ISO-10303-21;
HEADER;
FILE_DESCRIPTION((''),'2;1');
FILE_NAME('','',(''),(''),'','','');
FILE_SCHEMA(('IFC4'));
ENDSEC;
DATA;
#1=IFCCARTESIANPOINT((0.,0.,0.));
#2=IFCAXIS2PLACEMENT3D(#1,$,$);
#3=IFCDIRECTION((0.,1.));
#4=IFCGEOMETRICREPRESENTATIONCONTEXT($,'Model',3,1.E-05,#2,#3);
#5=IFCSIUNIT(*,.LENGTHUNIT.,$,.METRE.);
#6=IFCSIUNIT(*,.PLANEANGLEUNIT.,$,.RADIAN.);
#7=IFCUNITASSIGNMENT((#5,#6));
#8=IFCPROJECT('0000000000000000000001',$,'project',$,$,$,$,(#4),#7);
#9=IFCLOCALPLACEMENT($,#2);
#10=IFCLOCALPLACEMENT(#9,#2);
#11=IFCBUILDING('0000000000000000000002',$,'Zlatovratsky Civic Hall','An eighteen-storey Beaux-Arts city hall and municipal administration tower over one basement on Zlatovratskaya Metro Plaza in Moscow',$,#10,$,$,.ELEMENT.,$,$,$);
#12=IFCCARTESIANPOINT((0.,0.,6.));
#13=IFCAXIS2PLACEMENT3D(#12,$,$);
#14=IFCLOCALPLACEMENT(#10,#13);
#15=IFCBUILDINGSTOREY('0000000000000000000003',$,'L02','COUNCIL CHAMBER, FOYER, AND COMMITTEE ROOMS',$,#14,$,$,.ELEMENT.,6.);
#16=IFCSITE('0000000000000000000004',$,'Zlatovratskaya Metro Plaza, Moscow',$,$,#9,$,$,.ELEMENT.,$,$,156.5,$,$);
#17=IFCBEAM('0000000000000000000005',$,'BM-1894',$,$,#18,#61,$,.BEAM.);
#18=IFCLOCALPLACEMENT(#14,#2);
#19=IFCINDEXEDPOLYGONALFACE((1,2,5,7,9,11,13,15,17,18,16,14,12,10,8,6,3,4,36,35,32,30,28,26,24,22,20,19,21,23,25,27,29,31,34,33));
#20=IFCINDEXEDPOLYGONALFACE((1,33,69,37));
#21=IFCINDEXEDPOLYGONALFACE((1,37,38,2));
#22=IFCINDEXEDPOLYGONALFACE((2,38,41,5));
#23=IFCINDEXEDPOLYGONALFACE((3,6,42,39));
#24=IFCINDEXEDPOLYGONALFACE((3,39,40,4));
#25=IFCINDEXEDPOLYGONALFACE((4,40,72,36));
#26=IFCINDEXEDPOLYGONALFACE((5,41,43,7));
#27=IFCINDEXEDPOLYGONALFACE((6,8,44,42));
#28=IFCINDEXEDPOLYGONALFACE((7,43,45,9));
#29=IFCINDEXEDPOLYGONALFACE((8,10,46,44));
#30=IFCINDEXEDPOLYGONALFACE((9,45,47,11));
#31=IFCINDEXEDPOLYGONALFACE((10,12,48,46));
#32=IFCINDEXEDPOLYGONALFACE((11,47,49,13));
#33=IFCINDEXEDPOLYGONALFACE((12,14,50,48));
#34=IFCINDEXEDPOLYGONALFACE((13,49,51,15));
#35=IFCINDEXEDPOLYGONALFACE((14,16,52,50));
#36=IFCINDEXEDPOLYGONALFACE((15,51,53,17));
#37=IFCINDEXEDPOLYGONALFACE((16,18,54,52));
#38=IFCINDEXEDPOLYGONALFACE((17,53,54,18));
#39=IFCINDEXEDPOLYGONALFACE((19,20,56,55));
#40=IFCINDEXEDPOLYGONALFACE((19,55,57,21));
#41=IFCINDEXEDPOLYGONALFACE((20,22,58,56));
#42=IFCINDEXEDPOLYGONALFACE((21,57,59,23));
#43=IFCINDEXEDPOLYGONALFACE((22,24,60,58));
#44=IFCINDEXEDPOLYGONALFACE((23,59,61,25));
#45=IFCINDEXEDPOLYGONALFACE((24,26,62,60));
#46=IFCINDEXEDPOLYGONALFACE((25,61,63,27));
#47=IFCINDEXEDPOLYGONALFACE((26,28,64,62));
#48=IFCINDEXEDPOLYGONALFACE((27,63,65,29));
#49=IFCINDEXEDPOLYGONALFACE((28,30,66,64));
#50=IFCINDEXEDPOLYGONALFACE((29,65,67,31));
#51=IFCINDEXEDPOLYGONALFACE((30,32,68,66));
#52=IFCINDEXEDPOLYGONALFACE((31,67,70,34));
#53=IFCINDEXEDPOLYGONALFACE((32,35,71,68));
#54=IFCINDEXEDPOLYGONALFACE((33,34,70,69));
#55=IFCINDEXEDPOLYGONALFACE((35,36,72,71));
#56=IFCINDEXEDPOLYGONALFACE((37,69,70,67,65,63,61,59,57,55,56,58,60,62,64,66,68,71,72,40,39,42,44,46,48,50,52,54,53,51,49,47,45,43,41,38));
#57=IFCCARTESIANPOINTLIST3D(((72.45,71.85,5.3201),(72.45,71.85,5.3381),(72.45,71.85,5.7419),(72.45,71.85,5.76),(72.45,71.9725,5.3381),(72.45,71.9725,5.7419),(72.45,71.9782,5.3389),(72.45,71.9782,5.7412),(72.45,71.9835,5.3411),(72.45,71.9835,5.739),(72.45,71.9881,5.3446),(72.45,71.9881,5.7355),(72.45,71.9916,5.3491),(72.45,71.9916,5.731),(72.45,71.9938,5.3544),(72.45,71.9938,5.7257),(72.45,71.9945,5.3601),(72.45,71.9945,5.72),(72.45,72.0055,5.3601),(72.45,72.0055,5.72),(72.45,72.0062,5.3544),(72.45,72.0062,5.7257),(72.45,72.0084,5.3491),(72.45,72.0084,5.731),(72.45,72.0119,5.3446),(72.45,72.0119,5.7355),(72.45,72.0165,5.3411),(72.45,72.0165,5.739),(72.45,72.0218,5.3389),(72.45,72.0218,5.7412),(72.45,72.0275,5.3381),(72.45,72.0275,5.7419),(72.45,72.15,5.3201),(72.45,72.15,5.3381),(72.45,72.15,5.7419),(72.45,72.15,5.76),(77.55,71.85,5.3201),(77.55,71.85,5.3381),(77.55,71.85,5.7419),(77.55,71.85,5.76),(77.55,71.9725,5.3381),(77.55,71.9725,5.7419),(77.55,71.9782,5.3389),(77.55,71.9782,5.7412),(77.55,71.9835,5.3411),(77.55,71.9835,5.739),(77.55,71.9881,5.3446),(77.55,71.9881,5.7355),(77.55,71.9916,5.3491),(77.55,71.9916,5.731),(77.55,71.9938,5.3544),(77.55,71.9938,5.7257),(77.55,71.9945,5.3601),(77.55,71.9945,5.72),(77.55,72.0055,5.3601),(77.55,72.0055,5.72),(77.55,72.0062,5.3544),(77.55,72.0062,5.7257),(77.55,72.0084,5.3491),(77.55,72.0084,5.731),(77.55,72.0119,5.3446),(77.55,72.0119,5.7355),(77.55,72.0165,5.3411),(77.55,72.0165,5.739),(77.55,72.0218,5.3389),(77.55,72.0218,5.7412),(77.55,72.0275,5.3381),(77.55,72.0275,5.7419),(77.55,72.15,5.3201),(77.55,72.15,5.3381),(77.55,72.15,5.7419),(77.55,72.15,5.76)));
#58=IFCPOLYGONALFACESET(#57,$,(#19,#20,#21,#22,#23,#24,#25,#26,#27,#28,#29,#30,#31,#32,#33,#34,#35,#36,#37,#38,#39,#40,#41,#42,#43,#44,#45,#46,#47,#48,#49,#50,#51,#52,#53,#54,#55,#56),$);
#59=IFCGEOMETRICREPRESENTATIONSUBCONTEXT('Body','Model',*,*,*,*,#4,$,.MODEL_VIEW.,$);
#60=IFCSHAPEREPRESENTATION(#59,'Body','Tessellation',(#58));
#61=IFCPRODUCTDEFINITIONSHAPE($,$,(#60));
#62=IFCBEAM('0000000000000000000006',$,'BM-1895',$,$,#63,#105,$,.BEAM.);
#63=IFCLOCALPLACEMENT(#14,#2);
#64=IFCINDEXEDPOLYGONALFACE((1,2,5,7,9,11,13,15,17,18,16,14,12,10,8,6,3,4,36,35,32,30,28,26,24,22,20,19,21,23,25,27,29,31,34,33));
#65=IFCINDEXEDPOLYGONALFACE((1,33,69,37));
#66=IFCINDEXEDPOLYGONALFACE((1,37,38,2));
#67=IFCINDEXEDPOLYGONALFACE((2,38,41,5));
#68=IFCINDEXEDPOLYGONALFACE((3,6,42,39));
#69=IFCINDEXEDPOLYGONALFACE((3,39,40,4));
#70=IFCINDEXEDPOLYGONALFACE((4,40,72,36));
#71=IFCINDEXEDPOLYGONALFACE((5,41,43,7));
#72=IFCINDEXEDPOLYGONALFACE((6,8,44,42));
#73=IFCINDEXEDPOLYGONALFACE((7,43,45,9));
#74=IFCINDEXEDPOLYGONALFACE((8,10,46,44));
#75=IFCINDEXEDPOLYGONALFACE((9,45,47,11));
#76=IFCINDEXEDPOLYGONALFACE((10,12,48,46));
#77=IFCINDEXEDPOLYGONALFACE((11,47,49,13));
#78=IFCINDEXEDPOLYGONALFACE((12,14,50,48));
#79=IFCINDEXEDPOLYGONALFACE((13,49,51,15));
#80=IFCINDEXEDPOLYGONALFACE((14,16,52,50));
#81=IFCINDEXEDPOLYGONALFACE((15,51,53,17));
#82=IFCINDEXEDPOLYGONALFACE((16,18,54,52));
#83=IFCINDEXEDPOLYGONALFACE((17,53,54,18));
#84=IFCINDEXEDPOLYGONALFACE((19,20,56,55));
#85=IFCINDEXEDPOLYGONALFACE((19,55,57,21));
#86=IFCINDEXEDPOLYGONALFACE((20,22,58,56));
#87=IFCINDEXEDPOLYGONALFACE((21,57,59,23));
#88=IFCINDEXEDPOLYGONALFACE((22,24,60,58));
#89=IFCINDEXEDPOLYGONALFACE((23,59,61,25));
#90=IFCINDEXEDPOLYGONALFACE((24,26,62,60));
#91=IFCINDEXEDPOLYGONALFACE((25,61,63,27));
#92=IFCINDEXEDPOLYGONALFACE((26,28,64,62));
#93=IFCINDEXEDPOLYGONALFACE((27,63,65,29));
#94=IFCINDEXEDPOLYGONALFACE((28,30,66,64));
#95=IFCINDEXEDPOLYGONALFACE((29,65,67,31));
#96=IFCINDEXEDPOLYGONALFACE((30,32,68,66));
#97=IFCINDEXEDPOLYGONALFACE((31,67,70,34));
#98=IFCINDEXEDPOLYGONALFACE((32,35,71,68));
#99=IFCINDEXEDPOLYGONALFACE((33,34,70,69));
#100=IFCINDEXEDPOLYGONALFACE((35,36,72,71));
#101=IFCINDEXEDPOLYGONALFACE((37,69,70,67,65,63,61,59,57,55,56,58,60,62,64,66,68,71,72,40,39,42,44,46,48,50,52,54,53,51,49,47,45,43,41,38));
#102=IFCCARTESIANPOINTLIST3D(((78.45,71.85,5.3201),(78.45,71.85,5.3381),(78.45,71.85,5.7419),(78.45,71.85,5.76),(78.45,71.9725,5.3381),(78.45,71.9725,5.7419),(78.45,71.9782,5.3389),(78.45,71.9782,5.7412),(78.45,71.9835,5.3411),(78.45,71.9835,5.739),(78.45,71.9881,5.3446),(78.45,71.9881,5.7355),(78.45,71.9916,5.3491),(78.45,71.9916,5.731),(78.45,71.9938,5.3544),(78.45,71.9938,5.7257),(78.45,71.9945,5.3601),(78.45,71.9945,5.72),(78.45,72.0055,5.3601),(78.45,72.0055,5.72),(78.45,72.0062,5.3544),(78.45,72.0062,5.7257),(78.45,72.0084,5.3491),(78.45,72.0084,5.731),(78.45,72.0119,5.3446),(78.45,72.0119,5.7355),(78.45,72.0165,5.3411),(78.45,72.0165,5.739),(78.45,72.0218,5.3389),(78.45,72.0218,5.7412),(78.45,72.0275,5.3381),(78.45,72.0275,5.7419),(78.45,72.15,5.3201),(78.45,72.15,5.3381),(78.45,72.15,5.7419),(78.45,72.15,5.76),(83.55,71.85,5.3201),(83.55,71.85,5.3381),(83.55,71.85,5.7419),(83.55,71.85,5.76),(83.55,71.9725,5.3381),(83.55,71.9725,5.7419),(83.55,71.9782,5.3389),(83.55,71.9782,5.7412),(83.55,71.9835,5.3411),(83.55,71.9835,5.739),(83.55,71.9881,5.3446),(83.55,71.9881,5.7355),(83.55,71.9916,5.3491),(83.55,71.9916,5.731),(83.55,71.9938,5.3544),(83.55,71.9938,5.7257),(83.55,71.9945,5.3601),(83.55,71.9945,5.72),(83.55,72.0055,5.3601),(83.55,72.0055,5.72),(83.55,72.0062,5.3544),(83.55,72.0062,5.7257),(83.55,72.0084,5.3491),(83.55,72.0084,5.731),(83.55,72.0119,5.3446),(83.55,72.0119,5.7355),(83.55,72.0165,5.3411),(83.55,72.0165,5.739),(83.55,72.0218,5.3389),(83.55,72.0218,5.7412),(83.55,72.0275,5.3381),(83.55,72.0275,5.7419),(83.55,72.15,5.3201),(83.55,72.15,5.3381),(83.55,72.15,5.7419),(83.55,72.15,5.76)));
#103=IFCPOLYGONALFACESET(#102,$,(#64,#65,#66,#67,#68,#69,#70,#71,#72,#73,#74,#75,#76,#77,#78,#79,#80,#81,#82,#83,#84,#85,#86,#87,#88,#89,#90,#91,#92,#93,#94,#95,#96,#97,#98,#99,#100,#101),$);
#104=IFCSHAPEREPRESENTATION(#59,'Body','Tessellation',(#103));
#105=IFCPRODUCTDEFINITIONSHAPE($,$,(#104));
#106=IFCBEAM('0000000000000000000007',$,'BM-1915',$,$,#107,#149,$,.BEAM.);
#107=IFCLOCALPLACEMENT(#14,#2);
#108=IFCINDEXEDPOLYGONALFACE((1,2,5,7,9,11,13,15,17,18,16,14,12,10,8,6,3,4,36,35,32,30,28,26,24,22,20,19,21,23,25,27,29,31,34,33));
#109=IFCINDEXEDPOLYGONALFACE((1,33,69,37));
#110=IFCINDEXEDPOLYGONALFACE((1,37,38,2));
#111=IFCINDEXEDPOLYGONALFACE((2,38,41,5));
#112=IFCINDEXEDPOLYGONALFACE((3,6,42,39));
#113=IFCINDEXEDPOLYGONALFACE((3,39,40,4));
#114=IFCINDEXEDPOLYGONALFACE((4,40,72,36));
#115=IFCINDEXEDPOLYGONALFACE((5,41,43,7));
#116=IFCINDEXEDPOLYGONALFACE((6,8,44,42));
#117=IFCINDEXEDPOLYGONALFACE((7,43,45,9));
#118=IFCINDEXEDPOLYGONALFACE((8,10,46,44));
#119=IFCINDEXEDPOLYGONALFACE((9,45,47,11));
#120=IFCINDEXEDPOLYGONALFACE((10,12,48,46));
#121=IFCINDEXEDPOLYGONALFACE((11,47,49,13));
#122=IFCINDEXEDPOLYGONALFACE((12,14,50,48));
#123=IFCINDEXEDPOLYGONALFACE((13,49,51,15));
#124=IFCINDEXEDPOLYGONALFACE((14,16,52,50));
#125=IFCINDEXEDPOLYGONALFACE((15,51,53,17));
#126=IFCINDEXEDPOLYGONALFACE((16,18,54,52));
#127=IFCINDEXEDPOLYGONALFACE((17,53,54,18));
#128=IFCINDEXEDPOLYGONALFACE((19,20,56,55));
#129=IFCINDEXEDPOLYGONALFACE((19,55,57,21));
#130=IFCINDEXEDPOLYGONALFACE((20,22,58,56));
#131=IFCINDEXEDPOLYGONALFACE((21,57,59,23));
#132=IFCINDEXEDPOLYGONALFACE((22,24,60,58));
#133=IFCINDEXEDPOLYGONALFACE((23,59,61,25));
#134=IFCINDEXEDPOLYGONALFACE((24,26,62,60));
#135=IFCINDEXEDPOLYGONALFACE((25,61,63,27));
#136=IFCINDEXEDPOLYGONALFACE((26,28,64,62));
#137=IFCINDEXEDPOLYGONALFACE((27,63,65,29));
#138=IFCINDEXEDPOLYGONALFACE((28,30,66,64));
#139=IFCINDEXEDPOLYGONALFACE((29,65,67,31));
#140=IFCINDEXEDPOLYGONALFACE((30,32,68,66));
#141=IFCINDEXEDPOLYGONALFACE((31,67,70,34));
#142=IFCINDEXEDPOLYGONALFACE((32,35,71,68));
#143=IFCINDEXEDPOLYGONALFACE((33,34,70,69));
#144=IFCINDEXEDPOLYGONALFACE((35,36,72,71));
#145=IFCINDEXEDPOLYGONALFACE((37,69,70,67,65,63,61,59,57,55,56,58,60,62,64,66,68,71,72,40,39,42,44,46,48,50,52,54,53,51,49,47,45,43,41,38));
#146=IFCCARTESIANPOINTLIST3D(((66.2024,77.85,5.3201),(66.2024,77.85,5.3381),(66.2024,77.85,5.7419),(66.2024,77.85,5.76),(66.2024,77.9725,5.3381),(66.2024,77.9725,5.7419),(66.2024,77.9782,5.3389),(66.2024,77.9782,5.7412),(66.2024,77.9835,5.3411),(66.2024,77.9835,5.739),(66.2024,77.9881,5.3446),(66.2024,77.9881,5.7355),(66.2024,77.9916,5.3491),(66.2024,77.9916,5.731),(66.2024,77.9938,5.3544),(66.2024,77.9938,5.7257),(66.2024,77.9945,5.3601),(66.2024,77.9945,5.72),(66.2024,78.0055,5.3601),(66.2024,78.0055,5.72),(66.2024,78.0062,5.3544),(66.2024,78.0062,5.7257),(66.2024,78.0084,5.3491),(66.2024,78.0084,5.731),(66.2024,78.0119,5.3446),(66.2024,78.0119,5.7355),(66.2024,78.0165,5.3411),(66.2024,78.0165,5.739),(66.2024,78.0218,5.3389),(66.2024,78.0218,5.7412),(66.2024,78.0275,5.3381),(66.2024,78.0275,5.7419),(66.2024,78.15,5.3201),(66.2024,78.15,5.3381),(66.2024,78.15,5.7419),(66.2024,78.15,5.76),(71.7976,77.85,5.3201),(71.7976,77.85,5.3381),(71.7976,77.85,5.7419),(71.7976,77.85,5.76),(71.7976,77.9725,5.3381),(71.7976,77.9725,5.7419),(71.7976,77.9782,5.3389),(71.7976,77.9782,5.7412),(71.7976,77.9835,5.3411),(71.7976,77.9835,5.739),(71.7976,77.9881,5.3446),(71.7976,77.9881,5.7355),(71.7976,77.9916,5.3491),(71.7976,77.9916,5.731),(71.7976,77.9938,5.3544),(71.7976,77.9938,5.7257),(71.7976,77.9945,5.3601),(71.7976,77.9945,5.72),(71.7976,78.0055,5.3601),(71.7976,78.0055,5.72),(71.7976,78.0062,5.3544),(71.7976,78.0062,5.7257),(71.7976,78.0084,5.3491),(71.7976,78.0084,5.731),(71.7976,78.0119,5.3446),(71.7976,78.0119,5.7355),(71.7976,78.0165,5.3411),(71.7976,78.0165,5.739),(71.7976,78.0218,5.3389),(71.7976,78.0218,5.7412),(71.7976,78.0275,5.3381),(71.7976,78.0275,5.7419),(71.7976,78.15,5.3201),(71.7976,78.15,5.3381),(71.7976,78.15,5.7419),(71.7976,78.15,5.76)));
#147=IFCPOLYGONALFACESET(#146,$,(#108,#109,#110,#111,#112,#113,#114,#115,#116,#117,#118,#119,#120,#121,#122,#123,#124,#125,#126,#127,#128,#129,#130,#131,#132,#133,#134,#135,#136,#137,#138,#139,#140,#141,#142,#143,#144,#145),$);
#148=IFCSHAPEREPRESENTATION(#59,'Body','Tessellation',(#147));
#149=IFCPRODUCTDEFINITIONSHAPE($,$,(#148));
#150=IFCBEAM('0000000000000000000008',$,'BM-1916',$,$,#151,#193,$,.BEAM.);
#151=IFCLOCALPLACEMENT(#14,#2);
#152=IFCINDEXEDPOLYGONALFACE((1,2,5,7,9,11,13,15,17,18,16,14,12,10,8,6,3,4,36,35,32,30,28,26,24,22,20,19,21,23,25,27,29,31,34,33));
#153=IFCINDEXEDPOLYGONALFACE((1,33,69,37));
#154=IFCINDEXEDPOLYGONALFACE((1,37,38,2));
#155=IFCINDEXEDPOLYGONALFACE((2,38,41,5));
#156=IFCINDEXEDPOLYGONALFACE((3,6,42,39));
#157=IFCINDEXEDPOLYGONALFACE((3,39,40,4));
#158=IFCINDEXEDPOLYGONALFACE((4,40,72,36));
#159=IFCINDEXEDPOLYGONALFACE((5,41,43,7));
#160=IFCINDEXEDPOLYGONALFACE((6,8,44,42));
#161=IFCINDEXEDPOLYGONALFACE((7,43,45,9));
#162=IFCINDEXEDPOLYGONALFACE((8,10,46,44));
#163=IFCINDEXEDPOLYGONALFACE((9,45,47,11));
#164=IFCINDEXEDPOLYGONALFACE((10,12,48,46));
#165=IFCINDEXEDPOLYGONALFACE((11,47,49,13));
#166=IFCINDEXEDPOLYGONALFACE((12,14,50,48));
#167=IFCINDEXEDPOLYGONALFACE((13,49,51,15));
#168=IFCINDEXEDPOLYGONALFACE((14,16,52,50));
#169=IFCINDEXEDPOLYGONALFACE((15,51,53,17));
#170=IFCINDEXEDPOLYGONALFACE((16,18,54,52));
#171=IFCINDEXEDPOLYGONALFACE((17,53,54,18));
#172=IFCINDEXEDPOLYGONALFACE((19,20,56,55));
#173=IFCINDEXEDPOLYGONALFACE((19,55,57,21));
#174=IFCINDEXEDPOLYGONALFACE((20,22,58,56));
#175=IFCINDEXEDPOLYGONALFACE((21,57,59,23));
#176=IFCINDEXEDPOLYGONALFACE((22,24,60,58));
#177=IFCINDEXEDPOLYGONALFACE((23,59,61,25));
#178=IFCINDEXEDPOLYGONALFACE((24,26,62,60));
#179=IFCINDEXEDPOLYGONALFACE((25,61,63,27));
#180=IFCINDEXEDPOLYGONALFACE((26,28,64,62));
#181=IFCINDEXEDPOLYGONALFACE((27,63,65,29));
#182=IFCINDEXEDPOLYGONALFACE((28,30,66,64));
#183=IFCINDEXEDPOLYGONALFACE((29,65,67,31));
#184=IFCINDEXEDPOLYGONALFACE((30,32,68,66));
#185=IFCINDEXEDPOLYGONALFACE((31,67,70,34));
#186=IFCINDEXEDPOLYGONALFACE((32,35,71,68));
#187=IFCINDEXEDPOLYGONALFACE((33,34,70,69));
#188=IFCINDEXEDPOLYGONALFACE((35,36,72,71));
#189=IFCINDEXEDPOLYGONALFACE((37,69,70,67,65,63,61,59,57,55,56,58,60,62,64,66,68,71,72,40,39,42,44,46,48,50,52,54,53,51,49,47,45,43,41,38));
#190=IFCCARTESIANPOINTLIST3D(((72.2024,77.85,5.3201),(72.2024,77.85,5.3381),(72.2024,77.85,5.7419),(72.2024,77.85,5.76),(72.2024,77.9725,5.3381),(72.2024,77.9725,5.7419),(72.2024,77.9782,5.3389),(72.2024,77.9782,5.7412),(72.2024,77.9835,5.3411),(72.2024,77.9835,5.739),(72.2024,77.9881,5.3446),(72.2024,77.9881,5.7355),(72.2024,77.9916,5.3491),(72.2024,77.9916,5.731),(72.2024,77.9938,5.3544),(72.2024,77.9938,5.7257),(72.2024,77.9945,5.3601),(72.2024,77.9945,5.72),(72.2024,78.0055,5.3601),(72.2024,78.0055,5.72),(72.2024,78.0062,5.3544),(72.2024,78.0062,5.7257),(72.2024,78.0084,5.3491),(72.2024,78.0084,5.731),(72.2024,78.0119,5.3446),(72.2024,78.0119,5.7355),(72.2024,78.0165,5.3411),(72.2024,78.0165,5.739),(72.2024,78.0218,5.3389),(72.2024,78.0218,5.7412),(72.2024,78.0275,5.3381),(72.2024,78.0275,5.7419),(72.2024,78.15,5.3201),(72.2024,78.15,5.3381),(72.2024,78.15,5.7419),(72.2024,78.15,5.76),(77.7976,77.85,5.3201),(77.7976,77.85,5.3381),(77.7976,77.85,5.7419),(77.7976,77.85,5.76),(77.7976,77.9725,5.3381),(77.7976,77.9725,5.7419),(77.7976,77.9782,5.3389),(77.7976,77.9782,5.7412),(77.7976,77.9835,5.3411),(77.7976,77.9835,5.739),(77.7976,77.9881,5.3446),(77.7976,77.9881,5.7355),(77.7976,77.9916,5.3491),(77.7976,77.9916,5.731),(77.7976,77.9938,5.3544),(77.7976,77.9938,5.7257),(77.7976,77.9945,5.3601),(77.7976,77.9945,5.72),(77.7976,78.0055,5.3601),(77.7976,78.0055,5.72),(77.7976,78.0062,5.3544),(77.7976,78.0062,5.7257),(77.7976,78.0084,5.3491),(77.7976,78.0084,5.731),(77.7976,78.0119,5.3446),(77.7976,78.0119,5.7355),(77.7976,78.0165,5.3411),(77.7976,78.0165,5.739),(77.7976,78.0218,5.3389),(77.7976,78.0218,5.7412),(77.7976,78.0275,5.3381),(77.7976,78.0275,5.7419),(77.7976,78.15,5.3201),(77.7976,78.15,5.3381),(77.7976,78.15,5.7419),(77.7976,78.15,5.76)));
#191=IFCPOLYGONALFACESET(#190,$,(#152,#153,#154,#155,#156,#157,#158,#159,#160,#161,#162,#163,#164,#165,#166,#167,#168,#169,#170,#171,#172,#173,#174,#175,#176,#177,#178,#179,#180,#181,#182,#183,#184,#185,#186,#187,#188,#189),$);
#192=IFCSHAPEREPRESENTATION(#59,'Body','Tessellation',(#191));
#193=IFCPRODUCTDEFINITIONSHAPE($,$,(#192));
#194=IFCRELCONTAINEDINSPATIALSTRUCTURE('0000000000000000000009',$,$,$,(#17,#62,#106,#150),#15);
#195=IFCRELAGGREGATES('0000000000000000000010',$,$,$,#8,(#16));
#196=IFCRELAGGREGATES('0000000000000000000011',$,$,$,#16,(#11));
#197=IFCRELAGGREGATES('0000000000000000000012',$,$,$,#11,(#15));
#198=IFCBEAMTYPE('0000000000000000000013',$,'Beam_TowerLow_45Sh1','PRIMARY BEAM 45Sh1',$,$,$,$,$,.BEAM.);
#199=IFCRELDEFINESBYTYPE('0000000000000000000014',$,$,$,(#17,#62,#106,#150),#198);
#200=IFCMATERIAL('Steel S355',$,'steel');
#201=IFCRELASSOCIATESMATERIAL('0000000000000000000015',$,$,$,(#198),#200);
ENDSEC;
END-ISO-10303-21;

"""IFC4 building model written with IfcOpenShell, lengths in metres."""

from ifc_helpers import new_model, si_unit, direction, frame, origin, origin_2d, place, context, subcontext, project, spatial, i_section, extrude, material, material_profile, profile_set, type_object, element, save


model = new_model("IFC4")

# Units and contexts
model_context = context("Model", 3, precision=1e-05, world=origin(), true_north=direction((0.0, 1.0)))
body_context = subcontext(model_context, "Body", "Model", "MODEL_VIEW")
ifc_project = project(units=[si_unit("LENGTHUNIT", "METRE"), si_unit("PLANEANGLEUNIT", "RADIAN")], contexts=[model_context])

# Site, building, storey
site_placement = place(None, origin())
site = spatial("IfcSite", under=ifc_project, at=site_placement, Name="Zlatovratskaya Metro Plaza, Moscow", CompositionType="ELEMENT", RefElevation=156.5)
building_placement = place(site_placement, origin())
building = spatial("IfcBuilding", under=site, at=building_placement, Name="Zlatovratsky Civic Hall", Description="An eighteen-storey Beaux-Arts city hall and municipal administration tower over one basement on Zlatovratskaya Metro Plaza in Moscow", CompositionType="ELEMENT")
storey_placement = place(building_placement, frame((0.0, 0.0, 6.0)))
storey = spatial("IfcBuildingStorey", under=building, at=storey_placement, Name="L02", Description="COUNCIL CHAMBER, FOYER, AND COMMITTEE ROOMS", CompositionType="ELEMENT", Elevation=6.0)

# Shared definitions
ifc_material_1 = material(Name="Steel S355", Category="steel")

# Beams
ifc_material_profile_1 = material_profile(ifc_material_1, i_section(OverallWidth=0.3, OverallDepth=0.4399, WebThickness=0.011, FlangeThickness=0.0181, FilletRadius=0.022, at=origin_2d()), Name="45Sh1")
ifc_profile_set_1 = profile_set([ifc_material_profile_1], Name="Steel S355")
beam_type = type_object("IfcBeamType", Name="Beam_TowerLow_45Sh1", Description="PRIMARY BEAM 45Sh1", PredefinedType="BEAM", material=ifc_profile_set_1)
for number, where, z_axis, x_axis, name in (
    (1, (72.45, 72.0, 5.54), (1.0, 0.0, 0.0), (0.0, 1.0, 0.0), "BM-1894"),
    (2, (78.45, 72.0, 5.54), (1.0, 0.0, 0.0), (0.0, 1.0, 0.0), "BM-1895"),
):
    element("IfcBeam", number, at=place(storey_placement, frame(where, z_axis=z_axis, x_axis=x_axis)), inside=storey, type_object=beam_type, Name=name, PredefinedType="BEAM", context=body_context, shape_type="SweptSolid", body=[
        extrude(i_section(OverallWidth=0.3, OverallDepth=0.4399, WebThickness=0.011, FlangeThickness=0.0181, FilletRadius=0.022, at=origin_2d()), origin(), (0.0, 0.0, 1.0), 5.1001),
    ])
for number, where, z_axis, x_axis, name in (
    (3, (66.2024, 78.0, 5.54), (1.0, 0.0, 0.0), (0.0, 1.0, 0.0), "BM-1915"),
    (4, (72.2024, 78.0, 5.54), (1.0, 0.0, 0.0), (0.0, 1.0, 0.0), "BM-1916"),
):
    element("IfcBeam", number, at=place(storey_placement, frame(where, z_axis=z_axis, x_axis=x_axis)), inside=storey, type_object=beam_type, Name=name, PredefinedType="BEAM", context=body_context, shape_type="SweptSolid", body=[
        extrude(i_section(OverallWidth=0.3, OverallDepth=0.4399, WebThickness=0.011, FlangeThickness=0.0181, FilletRadius=0.022, at=origin_2d()), origin(), (0.0, 0.0, 1.0), 5.5952),
    ])

save(model, "model.ifc")
